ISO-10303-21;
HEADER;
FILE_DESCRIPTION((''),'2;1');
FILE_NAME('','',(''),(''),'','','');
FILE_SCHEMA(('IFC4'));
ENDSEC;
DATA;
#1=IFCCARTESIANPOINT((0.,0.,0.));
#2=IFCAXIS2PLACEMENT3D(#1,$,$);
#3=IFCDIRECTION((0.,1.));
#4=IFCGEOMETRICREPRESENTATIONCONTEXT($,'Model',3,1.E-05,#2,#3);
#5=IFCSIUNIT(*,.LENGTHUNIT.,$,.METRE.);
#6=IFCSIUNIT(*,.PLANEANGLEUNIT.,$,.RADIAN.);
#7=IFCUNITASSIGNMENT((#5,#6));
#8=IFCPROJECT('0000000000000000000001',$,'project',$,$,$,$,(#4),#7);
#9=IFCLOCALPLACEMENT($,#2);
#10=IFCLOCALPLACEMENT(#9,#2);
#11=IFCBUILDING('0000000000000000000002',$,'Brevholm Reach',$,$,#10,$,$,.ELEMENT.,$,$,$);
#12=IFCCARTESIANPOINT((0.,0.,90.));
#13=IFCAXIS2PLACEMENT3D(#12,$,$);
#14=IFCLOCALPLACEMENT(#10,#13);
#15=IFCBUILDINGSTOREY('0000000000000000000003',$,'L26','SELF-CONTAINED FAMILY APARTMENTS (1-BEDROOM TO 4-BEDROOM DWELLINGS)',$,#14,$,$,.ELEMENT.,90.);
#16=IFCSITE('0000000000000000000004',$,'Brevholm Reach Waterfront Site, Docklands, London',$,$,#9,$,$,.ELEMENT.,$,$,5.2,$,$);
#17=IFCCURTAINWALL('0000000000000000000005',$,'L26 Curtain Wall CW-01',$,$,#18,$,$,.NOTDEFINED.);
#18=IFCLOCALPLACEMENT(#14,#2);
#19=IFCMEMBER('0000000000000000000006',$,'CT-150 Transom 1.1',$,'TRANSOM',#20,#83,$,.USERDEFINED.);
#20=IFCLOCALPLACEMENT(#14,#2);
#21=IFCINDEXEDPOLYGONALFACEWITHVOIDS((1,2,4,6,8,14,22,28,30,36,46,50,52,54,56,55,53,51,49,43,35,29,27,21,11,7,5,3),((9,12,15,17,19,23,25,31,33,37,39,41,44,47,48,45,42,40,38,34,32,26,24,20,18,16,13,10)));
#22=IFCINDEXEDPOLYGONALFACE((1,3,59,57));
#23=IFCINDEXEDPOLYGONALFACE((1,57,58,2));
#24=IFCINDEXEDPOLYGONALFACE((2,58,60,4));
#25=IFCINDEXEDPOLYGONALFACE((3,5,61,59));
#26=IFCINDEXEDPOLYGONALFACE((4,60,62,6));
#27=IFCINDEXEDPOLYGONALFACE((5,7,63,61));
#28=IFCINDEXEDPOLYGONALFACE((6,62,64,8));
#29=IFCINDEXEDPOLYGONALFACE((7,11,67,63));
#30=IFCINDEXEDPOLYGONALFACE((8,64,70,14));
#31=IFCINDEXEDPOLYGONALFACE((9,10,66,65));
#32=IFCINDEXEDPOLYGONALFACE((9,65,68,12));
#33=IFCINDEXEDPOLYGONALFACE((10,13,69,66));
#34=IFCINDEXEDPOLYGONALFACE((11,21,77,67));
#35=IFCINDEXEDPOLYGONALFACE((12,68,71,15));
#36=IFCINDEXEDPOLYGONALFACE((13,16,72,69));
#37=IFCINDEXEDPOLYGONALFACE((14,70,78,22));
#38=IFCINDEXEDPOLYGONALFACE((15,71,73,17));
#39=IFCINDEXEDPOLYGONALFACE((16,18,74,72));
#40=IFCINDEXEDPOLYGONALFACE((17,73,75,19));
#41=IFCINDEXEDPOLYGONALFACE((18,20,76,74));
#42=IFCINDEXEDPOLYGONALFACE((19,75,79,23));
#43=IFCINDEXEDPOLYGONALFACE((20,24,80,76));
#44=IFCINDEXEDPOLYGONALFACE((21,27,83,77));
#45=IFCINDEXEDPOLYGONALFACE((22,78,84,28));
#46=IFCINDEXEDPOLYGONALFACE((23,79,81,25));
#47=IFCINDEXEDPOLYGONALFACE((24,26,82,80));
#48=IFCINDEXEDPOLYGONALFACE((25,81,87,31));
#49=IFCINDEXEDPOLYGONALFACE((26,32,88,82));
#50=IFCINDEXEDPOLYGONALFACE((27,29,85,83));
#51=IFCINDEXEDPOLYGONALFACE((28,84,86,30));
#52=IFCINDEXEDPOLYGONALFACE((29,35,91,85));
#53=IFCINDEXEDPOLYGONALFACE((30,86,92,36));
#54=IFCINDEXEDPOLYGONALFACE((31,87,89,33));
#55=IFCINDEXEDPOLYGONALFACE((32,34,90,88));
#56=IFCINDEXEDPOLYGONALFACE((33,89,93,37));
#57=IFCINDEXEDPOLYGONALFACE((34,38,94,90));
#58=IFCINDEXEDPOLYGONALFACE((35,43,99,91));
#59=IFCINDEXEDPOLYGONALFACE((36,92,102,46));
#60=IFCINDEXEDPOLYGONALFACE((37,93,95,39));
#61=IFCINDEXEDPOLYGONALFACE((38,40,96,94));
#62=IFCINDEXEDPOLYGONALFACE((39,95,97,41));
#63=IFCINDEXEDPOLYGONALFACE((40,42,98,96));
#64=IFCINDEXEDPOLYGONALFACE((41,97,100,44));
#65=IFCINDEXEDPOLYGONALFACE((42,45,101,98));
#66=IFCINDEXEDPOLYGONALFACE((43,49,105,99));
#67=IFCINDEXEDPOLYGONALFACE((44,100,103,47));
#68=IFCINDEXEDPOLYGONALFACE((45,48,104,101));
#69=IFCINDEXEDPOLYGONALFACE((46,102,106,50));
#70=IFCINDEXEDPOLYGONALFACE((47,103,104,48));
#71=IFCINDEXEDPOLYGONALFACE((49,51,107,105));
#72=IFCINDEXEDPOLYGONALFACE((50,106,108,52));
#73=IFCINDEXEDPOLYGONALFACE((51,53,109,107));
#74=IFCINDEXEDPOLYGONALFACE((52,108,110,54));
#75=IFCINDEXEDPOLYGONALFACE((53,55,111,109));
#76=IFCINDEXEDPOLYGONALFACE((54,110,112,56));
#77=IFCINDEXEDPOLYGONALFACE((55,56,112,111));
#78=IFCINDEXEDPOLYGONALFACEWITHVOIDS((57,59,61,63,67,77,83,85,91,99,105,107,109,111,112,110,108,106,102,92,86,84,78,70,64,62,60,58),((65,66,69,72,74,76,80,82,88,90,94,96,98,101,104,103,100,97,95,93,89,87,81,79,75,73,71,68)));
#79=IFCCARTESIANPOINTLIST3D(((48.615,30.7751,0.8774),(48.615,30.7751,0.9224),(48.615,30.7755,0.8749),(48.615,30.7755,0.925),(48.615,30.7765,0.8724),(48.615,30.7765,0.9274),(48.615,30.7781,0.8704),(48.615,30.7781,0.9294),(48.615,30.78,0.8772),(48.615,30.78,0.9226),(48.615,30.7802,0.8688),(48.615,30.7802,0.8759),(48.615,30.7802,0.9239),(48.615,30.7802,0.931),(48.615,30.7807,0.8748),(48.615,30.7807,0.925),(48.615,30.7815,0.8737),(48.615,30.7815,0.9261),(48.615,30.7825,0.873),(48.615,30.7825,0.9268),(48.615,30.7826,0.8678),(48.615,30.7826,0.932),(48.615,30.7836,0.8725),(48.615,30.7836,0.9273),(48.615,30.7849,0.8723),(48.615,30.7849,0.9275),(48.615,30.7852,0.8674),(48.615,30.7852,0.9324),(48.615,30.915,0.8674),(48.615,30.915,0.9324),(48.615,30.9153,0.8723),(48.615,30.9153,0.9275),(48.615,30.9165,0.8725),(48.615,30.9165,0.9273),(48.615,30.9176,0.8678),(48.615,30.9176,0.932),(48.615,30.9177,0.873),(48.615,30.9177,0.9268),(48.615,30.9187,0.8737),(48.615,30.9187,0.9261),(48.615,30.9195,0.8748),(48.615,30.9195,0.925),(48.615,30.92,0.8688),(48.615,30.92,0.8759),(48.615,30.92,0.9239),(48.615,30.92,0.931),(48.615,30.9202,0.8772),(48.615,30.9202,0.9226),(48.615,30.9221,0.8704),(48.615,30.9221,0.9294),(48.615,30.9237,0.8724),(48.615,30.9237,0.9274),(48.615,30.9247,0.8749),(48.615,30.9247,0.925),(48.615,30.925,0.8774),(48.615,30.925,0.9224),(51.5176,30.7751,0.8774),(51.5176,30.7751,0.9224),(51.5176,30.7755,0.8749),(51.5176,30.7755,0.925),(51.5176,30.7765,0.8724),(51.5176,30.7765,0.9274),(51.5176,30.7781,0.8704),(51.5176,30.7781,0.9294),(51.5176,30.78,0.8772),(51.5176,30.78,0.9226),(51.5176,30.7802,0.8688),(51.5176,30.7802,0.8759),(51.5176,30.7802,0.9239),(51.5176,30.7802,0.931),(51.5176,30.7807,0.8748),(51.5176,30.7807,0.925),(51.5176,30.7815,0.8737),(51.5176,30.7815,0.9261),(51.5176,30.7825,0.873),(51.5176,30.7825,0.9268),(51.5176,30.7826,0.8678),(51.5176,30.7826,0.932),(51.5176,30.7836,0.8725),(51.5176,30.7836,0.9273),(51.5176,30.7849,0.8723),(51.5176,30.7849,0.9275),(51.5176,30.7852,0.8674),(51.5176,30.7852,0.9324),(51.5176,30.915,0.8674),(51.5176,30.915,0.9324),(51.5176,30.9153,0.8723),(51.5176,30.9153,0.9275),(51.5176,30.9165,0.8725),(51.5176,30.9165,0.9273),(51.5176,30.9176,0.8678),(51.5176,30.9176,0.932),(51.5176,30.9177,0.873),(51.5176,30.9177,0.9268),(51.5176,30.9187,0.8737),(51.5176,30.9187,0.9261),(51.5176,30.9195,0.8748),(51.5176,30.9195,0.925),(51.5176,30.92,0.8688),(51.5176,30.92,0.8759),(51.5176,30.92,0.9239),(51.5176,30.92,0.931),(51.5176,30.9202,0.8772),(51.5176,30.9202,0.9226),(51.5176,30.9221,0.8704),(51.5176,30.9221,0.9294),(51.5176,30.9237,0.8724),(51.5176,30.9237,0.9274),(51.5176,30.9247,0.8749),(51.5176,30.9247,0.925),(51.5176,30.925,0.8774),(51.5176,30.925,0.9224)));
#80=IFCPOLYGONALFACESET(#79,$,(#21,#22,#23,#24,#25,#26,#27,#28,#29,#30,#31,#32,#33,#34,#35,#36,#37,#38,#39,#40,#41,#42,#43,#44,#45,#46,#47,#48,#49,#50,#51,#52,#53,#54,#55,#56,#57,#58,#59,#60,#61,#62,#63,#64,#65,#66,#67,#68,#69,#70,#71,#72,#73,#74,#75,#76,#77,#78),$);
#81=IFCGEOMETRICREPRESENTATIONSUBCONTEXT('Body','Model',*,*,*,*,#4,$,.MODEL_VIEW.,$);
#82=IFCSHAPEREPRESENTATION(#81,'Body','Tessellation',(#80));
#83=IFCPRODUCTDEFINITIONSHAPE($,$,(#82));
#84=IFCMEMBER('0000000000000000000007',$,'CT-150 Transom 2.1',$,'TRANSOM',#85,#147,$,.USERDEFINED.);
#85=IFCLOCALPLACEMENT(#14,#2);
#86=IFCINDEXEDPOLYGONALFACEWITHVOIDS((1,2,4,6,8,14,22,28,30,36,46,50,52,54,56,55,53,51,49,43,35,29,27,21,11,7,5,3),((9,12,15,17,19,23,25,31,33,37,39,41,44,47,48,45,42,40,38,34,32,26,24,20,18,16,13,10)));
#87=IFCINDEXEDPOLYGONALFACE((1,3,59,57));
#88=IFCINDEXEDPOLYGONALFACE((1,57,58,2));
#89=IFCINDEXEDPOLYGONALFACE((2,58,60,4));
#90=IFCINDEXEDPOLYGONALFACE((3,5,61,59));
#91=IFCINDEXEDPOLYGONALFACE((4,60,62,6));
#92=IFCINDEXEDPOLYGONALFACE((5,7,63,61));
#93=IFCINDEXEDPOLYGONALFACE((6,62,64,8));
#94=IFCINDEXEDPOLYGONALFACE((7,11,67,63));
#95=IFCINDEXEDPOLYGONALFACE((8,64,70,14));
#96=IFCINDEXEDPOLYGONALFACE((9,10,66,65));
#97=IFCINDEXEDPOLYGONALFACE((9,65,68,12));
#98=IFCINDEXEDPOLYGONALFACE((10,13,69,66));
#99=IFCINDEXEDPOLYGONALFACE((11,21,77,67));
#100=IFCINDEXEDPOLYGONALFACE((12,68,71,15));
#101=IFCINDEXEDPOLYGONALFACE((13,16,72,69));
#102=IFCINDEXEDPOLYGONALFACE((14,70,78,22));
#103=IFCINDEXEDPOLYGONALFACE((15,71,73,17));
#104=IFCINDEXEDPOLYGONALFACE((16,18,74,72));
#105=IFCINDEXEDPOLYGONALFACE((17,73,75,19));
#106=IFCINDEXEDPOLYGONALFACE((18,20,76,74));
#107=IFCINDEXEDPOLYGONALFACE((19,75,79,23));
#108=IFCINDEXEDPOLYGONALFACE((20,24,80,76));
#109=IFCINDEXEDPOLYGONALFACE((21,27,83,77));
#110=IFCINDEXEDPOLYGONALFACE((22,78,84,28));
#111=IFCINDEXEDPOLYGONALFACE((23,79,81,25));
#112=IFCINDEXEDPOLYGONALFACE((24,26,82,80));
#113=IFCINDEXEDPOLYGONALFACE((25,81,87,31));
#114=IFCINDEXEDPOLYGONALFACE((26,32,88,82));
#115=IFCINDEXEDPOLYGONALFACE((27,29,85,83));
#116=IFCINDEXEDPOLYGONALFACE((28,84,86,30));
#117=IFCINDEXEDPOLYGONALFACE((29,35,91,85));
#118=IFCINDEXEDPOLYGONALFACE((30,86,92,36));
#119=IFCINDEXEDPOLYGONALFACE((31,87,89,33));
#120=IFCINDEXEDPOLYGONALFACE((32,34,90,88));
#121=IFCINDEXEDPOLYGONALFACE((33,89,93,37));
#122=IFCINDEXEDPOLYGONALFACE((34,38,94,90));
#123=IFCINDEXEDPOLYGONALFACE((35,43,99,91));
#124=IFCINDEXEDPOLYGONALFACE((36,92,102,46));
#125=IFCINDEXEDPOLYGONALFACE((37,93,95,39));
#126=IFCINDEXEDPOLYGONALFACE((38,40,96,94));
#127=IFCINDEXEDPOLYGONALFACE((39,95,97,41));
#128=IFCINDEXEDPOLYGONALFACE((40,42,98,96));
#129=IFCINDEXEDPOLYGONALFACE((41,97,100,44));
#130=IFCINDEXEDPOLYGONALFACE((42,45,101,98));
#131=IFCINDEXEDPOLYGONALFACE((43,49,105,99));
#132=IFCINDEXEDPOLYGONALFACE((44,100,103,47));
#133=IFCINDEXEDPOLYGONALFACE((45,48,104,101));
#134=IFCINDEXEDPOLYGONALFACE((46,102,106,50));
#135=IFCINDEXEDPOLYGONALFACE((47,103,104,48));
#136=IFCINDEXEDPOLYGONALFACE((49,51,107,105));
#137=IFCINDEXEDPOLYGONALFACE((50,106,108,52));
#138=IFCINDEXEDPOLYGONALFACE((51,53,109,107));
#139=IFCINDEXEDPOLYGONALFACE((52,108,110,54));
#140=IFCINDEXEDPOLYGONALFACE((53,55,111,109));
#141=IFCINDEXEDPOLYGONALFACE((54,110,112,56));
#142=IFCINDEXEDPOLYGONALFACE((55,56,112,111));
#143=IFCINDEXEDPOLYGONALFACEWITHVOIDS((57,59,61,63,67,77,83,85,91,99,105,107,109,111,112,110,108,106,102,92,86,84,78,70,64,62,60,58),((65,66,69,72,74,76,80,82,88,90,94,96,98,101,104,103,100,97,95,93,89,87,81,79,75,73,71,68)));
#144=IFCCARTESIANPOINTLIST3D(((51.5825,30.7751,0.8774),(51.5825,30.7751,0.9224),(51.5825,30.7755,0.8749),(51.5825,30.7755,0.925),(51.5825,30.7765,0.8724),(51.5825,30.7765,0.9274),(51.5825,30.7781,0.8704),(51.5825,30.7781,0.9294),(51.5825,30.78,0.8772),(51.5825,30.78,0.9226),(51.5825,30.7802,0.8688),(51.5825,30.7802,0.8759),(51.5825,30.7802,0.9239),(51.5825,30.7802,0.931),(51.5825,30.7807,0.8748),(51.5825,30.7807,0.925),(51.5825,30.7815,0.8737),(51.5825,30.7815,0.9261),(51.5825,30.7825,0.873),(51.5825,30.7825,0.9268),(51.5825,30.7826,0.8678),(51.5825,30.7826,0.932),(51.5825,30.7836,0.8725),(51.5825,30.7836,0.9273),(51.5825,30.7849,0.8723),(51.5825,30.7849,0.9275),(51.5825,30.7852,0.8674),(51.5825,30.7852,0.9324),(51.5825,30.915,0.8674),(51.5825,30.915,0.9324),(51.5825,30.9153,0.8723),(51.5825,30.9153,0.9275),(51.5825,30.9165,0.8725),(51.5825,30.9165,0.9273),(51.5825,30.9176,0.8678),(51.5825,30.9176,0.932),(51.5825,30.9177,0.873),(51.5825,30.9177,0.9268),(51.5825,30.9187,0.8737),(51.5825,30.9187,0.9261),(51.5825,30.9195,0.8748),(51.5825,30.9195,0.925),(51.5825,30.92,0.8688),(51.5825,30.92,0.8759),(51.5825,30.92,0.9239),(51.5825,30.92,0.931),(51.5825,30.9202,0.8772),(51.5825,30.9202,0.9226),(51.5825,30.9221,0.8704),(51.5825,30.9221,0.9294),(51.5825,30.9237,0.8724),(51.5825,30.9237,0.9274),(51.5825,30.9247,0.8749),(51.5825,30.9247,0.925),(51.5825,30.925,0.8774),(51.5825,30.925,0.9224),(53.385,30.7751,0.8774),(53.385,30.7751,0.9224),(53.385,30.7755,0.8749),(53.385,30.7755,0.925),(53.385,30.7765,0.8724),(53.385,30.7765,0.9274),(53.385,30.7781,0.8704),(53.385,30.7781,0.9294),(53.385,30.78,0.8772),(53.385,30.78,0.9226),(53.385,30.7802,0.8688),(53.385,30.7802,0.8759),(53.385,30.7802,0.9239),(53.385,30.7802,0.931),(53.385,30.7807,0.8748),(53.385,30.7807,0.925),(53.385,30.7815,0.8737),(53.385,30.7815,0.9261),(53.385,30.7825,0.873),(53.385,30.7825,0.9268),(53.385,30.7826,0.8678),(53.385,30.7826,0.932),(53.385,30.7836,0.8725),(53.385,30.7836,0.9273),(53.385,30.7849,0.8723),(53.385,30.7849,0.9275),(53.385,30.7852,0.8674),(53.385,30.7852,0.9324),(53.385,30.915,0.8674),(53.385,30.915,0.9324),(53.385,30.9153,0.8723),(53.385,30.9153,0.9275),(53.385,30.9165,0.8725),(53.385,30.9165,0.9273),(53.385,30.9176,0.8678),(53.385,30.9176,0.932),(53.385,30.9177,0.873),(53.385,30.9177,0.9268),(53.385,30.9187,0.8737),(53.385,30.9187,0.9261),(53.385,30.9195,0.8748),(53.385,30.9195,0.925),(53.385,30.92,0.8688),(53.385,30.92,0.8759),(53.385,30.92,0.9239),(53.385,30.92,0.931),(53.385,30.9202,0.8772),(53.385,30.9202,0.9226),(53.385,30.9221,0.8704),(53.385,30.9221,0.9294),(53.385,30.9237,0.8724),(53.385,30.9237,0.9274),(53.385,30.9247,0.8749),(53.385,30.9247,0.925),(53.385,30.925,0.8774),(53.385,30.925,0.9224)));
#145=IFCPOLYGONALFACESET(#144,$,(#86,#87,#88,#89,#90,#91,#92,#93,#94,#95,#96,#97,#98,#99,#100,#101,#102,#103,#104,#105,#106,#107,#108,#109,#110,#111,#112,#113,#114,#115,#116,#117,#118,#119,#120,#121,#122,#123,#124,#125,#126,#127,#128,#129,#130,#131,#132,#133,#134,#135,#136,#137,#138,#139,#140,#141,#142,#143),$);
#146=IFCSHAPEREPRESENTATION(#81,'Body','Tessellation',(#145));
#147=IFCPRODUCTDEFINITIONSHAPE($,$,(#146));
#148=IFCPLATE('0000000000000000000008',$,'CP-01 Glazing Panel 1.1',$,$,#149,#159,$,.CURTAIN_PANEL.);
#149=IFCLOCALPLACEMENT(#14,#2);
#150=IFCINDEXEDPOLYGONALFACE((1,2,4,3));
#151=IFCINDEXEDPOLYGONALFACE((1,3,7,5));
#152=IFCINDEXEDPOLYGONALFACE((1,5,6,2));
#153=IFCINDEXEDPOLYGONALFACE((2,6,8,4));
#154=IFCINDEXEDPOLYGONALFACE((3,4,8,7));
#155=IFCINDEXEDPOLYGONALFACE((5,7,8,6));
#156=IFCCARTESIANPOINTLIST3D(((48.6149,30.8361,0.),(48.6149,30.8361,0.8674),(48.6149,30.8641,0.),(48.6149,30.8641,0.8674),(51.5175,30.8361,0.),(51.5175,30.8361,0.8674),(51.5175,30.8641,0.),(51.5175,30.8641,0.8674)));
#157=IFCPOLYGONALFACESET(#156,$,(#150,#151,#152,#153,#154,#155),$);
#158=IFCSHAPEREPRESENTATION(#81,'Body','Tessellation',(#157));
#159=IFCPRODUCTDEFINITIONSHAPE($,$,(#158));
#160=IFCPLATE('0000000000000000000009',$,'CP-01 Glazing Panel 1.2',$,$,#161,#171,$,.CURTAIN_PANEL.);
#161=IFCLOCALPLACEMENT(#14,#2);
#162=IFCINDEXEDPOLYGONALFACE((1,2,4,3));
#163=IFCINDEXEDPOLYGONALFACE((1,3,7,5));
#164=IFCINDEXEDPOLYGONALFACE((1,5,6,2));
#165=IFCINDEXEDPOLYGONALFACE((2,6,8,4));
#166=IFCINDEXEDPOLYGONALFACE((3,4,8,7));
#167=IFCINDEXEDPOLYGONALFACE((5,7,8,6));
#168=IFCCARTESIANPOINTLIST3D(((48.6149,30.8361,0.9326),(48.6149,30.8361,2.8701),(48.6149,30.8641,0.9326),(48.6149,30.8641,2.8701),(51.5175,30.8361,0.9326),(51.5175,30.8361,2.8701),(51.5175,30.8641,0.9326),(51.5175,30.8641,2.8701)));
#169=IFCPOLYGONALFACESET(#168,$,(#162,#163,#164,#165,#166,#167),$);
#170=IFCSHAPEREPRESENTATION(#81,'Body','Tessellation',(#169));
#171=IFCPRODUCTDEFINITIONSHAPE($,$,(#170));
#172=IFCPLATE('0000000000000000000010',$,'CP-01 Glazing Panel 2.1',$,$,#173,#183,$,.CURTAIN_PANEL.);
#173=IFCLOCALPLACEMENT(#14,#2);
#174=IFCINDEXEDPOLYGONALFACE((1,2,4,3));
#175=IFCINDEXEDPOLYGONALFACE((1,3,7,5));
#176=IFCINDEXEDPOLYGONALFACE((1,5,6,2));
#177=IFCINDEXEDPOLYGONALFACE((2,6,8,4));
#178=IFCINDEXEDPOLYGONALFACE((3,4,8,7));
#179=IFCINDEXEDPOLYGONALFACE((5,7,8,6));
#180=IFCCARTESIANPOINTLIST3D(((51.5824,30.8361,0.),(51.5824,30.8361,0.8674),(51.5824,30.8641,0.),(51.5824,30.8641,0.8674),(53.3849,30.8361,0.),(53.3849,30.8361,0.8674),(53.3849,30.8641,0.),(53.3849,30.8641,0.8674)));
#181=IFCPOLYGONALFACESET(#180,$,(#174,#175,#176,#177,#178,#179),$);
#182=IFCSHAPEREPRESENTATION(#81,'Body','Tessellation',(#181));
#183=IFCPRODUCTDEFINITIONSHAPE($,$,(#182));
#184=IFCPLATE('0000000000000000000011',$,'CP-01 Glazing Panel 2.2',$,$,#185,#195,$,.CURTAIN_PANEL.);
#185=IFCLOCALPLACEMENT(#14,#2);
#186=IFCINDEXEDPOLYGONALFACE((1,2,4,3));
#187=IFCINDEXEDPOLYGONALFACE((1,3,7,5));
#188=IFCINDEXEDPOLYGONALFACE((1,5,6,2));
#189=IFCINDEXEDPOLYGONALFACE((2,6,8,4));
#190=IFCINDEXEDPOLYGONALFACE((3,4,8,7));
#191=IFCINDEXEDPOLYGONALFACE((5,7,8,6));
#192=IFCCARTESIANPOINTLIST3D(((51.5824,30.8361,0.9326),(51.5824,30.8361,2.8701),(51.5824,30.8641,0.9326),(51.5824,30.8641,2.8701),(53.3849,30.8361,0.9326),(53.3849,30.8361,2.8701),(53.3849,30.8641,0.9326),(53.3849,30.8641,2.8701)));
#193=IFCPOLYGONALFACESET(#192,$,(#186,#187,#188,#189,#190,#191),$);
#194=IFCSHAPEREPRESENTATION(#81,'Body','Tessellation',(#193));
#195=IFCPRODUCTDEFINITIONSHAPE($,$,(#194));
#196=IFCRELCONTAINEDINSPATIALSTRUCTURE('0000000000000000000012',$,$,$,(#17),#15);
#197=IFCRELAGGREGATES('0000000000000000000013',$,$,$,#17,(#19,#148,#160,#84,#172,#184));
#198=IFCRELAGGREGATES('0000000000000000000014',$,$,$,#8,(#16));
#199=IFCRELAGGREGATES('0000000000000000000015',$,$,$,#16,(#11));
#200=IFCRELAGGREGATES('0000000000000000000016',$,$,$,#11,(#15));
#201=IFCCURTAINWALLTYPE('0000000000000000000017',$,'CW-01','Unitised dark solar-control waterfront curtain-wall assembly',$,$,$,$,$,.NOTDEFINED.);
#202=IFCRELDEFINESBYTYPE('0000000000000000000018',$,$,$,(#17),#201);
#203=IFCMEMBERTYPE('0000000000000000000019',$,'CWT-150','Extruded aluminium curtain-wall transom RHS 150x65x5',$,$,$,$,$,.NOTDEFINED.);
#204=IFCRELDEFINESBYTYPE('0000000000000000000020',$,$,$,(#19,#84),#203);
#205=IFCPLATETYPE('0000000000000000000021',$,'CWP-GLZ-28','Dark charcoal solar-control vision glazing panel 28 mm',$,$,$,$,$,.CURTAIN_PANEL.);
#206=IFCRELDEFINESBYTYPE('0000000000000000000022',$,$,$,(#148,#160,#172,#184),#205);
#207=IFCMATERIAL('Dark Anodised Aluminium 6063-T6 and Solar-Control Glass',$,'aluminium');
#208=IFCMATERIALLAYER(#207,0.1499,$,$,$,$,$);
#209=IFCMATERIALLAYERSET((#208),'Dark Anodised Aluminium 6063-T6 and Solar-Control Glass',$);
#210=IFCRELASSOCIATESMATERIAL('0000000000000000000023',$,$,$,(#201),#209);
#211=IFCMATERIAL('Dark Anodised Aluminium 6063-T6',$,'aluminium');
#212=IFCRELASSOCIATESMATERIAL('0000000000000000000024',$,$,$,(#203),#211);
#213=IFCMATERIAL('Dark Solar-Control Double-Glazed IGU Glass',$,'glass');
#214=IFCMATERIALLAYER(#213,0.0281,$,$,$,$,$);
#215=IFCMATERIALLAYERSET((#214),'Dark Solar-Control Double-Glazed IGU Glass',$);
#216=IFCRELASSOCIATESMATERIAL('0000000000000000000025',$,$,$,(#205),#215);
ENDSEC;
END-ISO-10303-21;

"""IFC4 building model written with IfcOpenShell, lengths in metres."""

from ifc_helpers import new_model, si_unit, direction, frame, origin, origin_2d, place, context, subcontext, project, spatial, rectangle, hollow_rectangle, extrude, material, layer, layer_set, material_profile, profile_set, type_object, element, aggregate, save


model = new_model("IFC4")

# Units and contexts
model_context = context("Model", 3, precision=1e-05, world=origin(), true_north=direction((0.0, 1.0)))
body_context = subcontext(model_context, "Body", "Model", "MODEL_VIEW")
ifc_project = project(units=[si_unit("LENGTHUNIT", "METRE"), si_unit("PLANEANGLEUNIT", "RADIAN")], contexts=[model_context])

# Site, building, storey
site_placement = place(None, origin())
site = spatial("IfcSite", under=ifc_project, at=site_placement, Name="Brevholm Reach Waterfront Site, Docklands, London", CompositionType="ELEMENT", RefElevation=5.2)
building_placement = place(site_placement, origin())
building = spatial("IfcBuilding", under=site, at=building_placement, Name="Brevholm Reach", CompositionType="ELEMENT")
storey_placement = place(building_placement, frame((0.0, 0.0, 90.0)))
storey = spatial("IfcBuildingStorey", under=building, at=storey_placement, Name="L26", Description="SELF-CONTAINED FAMILY APARTMENTS (1-BEDROOM TO 4-BEDROOM DWELLINGS)", CompositionType="ELEMENT", Elevation=90.0)

# Curtain wall, members, plates
ifc_material_1 = material(Name="Dark Anodised Aluminium 6063-T6 and Solar-Control Glass", Category="aluminium")
ifc_layer_1 = layer(ifc_material_1, 0.1499)
ifc_layer_set_1 = layer_set([ifc_layer_1], Name="Dark Anodised Aluminium 6063-T6 and Solar-Control Glass")
curtain_wall_type = type_object("IfcCurtainWallType", Name="CW-01", Description="Unitised dark solar-control waterfront curtain-wall assembly", PredefinedType="NOTDEFINED", material=ifc_layer_set_1)
curtain_wall_placement = place(storey_placement, origin())
curtain_wall = element("IfcCurtainWall", 1, at=curtain_wall_placement, inside=storey, type_object=curtain_wall_type, Name="L26 Curtain Wall CW-01", PredefinedType="NOTDEFINED")
ifc_material_2 = material(Name="Dark Anodised Aluminium 6063-T6", Category="aluminium")
ifc_material_profile_1 = material_profile(ifc_material_2, hollow_rectangle(XDim=0.0649, YDim=0.1499, WallThickness=0.0049, InnerFilletRadius=0.0049, OuterFilletRadius=0.01, at=origin_2d()), Name="RHS 150x65x5")
ifc_profile_set_1 = profile_set([ifc_material_profile_1], Name="Dark Anodised Aluminium 6063-T6")
member_type_1 = type_object("IfcMemberType", Name="CWT-150", Description="Extruded aluminium curtain-wall transom RHS 150x65x5", PredefinedType="NOTDEFINED", material=ifc_profile_set_1)
member_1_placement = place(storey_placement, frame((48.615, 30.8501, 0.8999), z_axis=(1.0, 0.0, 0.0), x_axis=(0.0, 0.0, 1.0)))
member_1 = element("IfcMember", 2, at=member_1_placement, type_object=member_type_1, Name="CT-150 Transom 1.1", ObjectType="TRANSOM", PredefinedType="USERDEFINED", context=body_context, shape_type="SweptSolid", body=[
    extrude(hollow_rectangle(XDim=0.0649, YDim=0.1499, WallThickness=0.0049, InnerFilletRadius=0.0049, OuterFilletRadius=0.01, at=origin_2d()), origin(), (0.0, 0.0, 1.0), 2.9026),
])
member_2_placement = place(storey_placement, frame((51.5825, 30.8501, 0.8999), z_axis=(1.0, 0.0, 0.0), x_axis=(0.0, 0.0, 1.0)))
member_2 = element("IfcMember", 3, at=member_2_placement, type_object=member_type_1, Name="CT-150 Transom 2.1", ObjectType="TRANSOM", PredefinedType="USERDEFINED", context=body_context, shape_type="SweptSolid", body=[
    extrude(hollow_rectangle(XDim=0.0649, YDim=0.1499, WallThickness=0.0049, InnerFilletRadius=0.0049, OuterFilletRadius=0.01, at=origin_2d()), origin(), (0.0, 0.0, 1.0), 1.8025),
])
ifc_material_3 = material(Name="Dark Solar-Control Double-Glazed IGU Glass", Category="glass")
ifc_layer_2 = layer(ifc_material_3, 0.0281)
ifc_layer_set_2 = layer_set([ifc_layer_2], Name="Dark Solar-Control Double-Glazed IGU Glass")
plate_type = type_object("IfcPlateType", Name="CWP-GLZ-28", Description="Dark charcoal solar-control vision glazing panel 28 mm", PredefinedType="CURTAIN_PANEL", material=ifc_layer_set_2)
plate_1_placement = place(storey_placement, frame((50.0662, 30.8501, 0.0), z_axis=(0.0, 0.0, 1.0), x_axis=(1.0, 0.0, 0.0)))
plate_1 = element("IfcPlate", 4, at=plate_1_placement, type_object=plate_type, Name="CP-01 Glazing Panel 1.1", PredefinedType="CURTAIN_PANEL", context=body_context, shape_type="SweptSolid", body=[
    extrude(rectangle(XDim=2.9026, YDim=0.0281, at=origin_2d()), origin(), (0.0, 0.0, 1.0), 0.8674),
])
plate_2_placement = place(storey_placement, frame((50.0662, 30.8501, 0.9326), z_axis=(0.0, 0.0, 1.0), x_axis=(1.0, 0.0, 0.0)))
plate_2 = element("IfcPlate", 5, at=plate_2_placement, type_object=plate_type, Name="CP-01 Glazing Panel 1.2", PredefinedType="CURTAIN_PANEL", context=body_context, shape_type="SweptSolid", body=[
    extrude(rectangle(XDim=2.9026, YDim=0.0281, at=origin_2d()), origin(), (0.0, 0.0, 1.0), 1.9375),
])
plate_3_placement = place(storey_placement, frame((52.4836, 30.8501, 0.0), z_axis=(0.0, 0.0, 1.0), x_axis=(1.0, 0.0, 0.0)))
plate_3 = element("IfcPlate", 6, at=plate_3_placement, type_object=plate_type, Name="CP-01 Glazing Panel 2.1", PredefinedType="CURTAIN_PANEL", context=body_context, shape_type="SweptSolid", body=[
    extrude(rectangle(XDim=1.8025, YDim=0.0281, at=origin_2d()), origin(), (0.0, 0.0, 1.0), 0.8674),
])
plate_4_placement = place(storey_placement, frame((52.4836, 30.8501, 0.9326), z_axis=(0.0, 0.0, 1.0), x_axis=(1.0, 0.0, 0.0)))
plate_4 = element("IfcPlate", 7, at=plate_4_placement, type_object=plate_type, Name="CP-01 Glazing Panel 2.2", PredefinedType="CURTAIN_PANEL", context=body_context, shape_type="SweptSolid", body=[
    extrude(rectangle(XDim=1.8025, YDim=0.0281, at=origin_2d()), origin(), (0.0, 0.0, 1.0), 1.9375),
])
aggregate(curtain_wall, [member_1, plate_1, plate_2, member_2, plate_3, plate_4])

save(model, "model.ifc")
